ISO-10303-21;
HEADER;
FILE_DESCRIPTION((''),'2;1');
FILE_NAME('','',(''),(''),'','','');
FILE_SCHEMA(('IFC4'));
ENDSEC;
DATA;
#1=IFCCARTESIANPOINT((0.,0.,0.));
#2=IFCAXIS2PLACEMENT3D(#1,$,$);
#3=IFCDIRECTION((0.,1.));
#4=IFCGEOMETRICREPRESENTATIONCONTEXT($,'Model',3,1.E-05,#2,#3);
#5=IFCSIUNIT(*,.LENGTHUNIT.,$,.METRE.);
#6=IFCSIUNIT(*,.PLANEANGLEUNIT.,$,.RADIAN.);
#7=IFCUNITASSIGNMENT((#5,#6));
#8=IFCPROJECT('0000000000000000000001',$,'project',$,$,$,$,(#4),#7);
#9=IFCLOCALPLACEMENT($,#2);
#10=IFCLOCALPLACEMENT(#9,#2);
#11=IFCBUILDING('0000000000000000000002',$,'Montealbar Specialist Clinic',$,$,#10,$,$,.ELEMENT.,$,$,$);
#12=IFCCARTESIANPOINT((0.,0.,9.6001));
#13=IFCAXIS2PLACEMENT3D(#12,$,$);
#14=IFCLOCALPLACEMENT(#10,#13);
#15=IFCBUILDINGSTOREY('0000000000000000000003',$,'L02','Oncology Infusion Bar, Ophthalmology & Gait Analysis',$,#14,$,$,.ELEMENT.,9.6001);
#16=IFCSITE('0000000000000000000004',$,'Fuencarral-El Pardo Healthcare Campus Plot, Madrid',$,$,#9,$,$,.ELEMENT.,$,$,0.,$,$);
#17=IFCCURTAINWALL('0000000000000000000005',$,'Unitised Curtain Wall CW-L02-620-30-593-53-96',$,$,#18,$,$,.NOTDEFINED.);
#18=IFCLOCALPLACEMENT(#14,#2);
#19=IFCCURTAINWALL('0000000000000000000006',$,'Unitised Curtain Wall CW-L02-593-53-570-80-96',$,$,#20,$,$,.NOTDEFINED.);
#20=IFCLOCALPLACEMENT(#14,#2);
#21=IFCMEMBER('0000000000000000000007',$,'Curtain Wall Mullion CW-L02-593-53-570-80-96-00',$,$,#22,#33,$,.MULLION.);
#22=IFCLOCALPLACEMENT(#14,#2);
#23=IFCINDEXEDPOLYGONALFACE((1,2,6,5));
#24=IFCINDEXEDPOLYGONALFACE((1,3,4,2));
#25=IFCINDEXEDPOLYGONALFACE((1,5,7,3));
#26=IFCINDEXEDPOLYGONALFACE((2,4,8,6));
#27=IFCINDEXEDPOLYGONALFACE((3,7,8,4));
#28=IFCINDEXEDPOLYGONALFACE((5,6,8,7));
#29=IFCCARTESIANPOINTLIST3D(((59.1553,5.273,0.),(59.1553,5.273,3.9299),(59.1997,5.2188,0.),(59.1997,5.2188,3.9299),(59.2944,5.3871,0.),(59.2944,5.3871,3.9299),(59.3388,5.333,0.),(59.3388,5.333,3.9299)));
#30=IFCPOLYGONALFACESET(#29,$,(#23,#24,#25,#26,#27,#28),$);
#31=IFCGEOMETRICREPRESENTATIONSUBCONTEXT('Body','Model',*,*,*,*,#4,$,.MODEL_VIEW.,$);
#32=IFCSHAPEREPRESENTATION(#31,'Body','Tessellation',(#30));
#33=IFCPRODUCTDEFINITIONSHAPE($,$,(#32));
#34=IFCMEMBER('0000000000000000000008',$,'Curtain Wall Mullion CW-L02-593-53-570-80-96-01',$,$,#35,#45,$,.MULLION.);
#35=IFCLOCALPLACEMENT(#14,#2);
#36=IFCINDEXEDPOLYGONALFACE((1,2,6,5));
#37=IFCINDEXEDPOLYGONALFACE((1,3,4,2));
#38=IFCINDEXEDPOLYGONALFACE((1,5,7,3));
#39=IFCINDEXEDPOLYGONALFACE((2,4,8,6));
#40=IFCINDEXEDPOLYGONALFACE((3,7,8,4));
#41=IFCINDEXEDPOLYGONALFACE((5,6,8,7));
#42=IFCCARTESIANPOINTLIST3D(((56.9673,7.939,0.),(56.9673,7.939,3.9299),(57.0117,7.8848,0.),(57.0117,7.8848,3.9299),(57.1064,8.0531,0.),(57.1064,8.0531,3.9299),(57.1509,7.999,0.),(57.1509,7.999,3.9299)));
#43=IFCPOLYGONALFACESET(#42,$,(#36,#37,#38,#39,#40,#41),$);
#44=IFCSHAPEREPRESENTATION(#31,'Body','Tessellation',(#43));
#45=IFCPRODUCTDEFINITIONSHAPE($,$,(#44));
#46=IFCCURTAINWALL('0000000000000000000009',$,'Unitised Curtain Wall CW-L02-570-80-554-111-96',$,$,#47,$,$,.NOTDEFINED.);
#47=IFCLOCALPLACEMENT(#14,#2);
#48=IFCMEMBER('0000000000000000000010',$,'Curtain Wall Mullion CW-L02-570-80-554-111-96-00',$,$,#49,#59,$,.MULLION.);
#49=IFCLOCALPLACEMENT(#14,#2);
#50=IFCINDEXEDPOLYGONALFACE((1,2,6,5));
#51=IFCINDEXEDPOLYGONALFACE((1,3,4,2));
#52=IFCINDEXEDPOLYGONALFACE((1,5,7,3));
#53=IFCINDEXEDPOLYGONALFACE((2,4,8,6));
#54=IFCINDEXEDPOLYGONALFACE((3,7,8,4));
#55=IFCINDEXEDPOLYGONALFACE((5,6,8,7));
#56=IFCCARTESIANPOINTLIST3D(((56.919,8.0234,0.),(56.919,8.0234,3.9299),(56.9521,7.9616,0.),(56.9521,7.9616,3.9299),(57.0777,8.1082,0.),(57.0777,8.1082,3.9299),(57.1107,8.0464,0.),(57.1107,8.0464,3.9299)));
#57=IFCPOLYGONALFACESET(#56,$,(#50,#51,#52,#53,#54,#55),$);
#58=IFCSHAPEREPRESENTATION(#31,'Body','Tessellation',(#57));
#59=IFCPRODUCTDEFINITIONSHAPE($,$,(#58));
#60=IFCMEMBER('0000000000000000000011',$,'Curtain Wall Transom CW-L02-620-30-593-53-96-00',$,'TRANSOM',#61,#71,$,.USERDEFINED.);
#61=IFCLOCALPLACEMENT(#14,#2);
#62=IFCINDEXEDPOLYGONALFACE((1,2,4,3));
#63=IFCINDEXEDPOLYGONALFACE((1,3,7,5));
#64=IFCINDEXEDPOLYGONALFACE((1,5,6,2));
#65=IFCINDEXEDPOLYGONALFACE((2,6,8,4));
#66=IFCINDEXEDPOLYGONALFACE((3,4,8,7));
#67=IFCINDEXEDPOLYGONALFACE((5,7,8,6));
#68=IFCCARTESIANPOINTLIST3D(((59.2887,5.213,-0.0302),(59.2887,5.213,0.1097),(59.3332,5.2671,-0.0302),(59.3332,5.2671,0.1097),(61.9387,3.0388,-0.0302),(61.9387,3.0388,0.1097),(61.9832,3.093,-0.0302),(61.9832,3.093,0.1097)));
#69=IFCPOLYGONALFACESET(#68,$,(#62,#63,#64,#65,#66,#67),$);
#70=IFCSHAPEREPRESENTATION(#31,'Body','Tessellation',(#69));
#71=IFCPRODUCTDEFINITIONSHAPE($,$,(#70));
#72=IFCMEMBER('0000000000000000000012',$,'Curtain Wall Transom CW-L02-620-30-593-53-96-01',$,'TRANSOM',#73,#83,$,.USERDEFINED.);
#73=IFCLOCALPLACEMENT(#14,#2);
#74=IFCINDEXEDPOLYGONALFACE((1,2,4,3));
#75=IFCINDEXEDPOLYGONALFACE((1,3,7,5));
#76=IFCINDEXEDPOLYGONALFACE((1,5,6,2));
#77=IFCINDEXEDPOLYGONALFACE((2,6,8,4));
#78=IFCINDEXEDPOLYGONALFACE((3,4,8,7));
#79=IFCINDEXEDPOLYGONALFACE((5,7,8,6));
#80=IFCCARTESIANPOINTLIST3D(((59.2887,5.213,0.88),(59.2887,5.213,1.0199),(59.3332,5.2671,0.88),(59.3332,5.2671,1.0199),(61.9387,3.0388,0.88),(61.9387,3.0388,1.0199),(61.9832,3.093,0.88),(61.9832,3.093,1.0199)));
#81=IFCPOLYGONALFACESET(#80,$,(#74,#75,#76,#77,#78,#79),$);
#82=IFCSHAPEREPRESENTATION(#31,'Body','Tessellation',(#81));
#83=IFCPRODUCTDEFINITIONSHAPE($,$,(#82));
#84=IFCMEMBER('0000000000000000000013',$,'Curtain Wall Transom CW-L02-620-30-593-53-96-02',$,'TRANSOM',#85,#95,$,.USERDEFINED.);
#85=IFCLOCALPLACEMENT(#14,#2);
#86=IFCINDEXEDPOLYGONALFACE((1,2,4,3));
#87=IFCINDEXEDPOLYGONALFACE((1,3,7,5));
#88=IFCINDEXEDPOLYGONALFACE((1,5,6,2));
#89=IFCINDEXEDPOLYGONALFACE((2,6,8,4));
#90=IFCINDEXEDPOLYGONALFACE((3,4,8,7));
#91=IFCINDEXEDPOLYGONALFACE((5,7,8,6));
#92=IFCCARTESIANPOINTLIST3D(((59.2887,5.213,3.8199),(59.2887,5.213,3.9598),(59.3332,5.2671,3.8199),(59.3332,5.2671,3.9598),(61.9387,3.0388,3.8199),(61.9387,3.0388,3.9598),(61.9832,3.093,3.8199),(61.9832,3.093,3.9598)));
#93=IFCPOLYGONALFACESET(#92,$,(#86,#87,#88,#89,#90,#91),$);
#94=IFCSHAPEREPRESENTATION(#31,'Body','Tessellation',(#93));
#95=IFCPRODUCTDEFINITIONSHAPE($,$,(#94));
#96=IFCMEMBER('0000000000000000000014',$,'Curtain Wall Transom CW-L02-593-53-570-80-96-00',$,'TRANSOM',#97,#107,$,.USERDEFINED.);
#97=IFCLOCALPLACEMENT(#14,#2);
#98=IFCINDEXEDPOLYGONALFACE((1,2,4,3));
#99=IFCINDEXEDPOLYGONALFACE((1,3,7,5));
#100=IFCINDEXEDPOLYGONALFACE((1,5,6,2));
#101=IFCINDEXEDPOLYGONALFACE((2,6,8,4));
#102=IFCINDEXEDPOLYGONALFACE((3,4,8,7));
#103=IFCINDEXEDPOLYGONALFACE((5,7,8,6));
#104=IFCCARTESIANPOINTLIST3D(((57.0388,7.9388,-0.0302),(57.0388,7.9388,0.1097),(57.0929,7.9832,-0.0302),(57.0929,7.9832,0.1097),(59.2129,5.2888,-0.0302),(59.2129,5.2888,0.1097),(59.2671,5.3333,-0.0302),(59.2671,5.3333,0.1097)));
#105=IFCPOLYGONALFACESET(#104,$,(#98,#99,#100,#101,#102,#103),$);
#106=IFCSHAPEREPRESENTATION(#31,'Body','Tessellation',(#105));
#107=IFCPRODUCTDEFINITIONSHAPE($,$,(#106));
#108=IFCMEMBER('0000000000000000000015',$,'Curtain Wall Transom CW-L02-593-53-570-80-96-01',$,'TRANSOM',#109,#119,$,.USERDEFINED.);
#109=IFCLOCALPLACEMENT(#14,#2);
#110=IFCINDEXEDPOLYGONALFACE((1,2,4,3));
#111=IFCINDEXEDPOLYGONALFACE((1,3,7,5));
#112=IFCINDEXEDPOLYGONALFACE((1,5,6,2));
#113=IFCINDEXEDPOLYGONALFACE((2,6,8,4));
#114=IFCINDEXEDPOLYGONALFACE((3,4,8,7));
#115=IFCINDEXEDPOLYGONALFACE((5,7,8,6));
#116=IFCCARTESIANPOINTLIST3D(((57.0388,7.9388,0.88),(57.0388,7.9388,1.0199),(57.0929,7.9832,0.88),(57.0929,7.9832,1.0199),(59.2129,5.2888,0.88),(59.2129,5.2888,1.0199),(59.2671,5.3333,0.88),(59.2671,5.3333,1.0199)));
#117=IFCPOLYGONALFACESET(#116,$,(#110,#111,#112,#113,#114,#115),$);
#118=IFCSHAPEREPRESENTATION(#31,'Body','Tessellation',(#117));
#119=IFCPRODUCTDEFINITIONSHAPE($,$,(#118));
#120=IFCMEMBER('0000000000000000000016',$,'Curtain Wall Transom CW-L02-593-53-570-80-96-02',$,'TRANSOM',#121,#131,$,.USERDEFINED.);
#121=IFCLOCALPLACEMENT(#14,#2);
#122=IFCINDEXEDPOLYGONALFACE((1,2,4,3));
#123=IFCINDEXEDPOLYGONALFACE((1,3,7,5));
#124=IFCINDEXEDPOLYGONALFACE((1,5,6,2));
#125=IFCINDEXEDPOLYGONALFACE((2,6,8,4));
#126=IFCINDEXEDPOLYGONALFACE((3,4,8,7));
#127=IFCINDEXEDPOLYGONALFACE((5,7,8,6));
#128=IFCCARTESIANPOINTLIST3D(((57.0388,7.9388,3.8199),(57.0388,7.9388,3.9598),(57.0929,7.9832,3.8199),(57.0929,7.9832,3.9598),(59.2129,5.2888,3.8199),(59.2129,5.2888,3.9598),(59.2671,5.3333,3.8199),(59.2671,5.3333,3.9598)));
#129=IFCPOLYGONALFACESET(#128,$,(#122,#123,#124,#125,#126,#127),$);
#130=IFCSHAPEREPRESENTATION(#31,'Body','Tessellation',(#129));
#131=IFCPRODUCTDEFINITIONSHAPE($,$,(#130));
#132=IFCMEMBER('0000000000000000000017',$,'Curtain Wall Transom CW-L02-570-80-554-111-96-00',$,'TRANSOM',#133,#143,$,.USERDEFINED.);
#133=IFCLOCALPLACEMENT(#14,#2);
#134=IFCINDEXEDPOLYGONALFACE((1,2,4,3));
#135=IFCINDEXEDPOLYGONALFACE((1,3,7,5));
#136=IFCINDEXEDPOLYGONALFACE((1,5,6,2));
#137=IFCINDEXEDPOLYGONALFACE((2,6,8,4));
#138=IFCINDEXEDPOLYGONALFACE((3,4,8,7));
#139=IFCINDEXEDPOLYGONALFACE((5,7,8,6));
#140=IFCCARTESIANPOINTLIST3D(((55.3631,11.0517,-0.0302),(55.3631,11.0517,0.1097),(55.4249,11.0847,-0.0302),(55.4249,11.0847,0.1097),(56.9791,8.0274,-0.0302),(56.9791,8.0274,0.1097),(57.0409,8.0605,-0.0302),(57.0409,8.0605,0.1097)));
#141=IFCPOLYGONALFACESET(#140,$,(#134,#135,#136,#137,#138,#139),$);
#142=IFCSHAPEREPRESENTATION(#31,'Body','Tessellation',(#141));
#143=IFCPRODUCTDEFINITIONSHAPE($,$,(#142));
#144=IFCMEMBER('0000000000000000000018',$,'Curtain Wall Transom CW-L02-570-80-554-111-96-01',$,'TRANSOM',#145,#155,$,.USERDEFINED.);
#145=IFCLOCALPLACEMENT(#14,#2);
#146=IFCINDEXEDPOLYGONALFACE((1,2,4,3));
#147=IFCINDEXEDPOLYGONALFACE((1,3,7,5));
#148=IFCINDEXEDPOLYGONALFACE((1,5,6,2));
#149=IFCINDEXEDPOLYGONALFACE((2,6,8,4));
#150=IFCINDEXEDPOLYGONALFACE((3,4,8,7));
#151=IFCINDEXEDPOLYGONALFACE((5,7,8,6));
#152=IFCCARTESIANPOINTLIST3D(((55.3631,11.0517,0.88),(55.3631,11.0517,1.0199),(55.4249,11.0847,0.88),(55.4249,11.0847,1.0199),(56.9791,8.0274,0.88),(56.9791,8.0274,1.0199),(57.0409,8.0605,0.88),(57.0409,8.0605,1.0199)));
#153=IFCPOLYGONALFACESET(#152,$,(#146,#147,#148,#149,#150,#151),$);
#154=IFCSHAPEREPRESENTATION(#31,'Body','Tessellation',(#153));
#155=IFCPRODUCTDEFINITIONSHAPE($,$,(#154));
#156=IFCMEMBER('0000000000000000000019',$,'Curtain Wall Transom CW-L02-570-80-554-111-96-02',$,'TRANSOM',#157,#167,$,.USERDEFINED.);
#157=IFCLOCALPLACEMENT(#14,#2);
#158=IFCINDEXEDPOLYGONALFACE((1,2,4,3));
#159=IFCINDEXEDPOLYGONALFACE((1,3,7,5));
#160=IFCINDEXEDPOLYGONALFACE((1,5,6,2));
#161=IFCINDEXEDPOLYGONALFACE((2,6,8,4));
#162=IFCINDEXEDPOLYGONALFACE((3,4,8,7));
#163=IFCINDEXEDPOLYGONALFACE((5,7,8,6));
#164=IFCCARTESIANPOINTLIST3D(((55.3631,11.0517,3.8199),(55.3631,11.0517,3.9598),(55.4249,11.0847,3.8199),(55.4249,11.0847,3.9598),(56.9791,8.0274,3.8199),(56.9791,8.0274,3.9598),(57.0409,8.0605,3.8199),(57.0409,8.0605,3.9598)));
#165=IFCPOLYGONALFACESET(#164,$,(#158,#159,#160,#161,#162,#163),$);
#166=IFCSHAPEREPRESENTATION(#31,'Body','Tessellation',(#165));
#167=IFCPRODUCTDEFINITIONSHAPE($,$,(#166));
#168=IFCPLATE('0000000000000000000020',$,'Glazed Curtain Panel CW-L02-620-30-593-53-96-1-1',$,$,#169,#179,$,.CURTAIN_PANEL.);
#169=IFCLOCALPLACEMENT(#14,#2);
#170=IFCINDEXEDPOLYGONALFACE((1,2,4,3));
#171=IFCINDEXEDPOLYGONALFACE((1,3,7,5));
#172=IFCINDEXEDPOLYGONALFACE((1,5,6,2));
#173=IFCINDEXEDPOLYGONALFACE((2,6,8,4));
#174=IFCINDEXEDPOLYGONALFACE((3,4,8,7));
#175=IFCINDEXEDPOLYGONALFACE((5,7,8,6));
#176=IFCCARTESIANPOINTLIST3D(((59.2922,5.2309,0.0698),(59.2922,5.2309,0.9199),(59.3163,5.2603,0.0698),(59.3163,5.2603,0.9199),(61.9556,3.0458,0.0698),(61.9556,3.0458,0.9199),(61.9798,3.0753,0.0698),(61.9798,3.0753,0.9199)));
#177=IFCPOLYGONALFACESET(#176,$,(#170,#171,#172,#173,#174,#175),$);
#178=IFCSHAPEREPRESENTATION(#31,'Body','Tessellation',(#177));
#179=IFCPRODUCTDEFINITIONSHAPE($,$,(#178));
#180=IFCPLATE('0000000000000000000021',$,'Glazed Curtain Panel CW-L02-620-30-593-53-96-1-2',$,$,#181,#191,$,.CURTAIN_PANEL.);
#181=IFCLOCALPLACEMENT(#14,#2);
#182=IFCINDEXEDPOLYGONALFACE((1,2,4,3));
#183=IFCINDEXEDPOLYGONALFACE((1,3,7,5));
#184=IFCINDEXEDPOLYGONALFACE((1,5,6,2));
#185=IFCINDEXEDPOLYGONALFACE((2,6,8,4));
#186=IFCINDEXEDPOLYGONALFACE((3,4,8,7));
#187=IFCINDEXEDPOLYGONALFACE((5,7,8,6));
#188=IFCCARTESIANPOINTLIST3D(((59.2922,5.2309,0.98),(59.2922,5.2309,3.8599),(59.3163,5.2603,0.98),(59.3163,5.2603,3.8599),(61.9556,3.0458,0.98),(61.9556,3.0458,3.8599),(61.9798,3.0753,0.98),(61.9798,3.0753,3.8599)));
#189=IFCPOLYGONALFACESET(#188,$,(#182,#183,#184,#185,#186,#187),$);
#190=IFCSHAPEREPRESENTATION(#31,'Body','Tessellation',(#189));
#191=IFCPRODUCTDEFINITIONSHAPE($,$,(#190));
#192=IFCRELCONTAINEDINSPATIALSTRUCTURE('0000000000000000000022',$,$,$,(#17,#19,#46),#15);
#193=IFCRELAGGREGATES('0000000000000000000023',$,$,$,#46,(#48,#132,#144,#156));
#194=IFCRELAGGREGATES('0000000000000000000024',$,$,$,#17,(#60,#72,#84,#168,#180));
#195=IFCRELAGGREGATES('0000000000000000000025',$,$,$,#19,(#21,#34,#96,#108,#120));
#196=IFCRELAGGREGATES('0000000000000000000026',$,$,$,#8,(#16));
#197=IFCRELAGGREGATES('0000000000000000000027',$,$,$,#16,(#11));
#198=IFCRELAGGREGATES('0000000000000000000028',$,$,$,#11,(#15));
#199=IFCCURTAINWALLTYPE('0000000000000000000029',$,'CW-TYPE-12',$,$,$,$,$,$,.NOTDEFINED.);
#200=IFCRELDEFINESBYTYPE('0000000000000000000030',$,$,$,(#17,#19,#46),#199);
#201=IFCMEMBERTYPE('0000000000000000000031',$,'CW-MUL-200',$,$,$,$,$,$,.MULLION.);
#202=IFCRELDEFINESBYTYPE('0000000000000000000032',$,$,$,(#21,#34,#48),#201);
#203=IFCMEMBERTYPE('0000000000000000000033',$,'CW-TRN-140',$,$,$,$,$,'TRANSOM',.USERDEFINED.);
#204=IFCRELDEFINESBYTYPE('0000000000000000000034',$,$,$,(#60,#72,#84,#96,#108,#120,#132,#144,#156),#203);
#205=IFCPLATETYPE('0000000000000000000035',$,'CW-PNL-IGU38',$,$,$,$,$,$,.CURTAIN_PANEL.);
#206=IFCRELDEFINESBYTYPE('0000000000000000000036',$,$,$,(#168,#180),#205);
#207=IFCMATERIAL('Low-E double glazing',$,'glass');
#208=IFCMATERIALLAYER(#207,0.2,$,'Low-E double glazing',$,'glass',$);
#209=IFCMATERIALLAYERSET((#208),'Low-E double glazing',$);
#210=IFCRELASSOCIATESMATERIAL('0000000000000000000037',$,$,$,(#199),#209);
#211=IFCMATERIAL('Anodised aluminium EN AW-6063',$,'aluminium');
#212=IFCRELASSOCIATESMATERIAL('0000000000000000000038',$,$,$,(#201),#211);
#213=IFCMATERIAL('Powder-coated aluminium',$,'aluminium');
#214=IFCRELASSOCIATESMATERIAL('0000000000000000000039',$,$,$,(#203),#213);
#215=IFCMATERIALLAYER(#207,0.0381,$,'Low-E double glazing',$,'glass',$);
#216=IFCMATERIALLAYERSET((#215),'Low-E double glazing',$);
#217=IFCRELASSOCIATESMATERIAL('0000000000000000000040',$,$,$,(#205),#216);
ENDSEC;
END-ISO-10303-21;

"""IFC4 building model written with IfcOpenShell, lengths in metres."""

from ifc_helpers import new_model, si_unit, direction, frame, origin, origin_2d, place, context, subcontext, project, spatial, rectangle, extrude, material, layer, layer_set, material_profile, profile_set, type_object, element, aggregate, save


model = new_model("IFC4")

# Units and contexts
model_context = context("Model", 3, precision=1e-05, world=origin(), true_north=direction((0.0, 1.0)))
body_context = subcontext(model_context, "Body", "Model", "MODEL_VIEW")
ifc_project = project(units=[si_unit("LENGTHUNIT", "METRE"), si_unit("PLANEANGLEUNIT", "RADIAN")], contexts=[model_context])

# Site, building, storey
site_placement = place(None, origin())
site = spatial("IfcSite", under=ifc_project, at=site_placement, Name="Fuencarral-El Pardo Healthcare Campus Plot, Madrid", CompositionType="ELEMENT", RefElevation=0.0)
building_placement = place(site_placement, origin())
building = spatial("IfcBuilding", under=site, at=building_placement, Name="Montealbar Specialist Clinic", CompositionType="ELEMENT")
storey_placement = place(building_placement, frame((0.0, 0.0, 9.6001)))
storey = spatial("IfcBuildingStorey", under=building, at=storey_placement, Name="L02", Description="Oncology Infusion Bar, Ophthalmology & Gait Analysis", CompositionType="ELEMENT", Elevation=9.6001)

# Shared definitions
ifc_material_1 = material(Name="Low-E double glazing", Category="glass")
ifc_layer_1 = layer(ifc_material_1, 0.2, Name="Low-E double glazing", Category="glass")
ifc_layer_set_1 = layer_set([ifc_layer_1], Name="Low-E double glazing")
curtain_wall_type = type_object("IfcCurtainWallType", Name="CW-TYPE-12", PredefinedType="NOTDEFINED", material=ifc_layer_set_1)
ifc_material_2 = material(Name="Anodised aluminium EN AW-6063", Category="aluminium")
ifc_material_profile_1 = material_profile(ifc_material_2, rectangle(XDim=0.0701, YDim=0.1799, at=origin_2d()), Name="ALU 70x180", Category="aluminium")
ifc_profile_set_1 = profile_set([ifc_material_profile_1], Name="Anodised aluminium EN AW-6063")
member_type_1 = type_object("IfcMemberType", Name="CW-MUL-200", PredefinedType="MULLION", material=ifc_profile_set_1)

# Curtain walls, members
curtain_wall_1_placement = place(storey_placement, origin())
curtain_wall_1 = element("IfcCurtainWall", 1, at=curtain_wall_1_placement, inside=storey, type_object=curtain_wall_type, Name="Unitised Curtain Wall CW-L02-620-30-593-53-96", PredefinedType="NOTDEFINED")
curtain_wall_2_placement = place(storey_placement, origin())
curtain_wall_2 = element("IfcCurtainWall", 2, at=curtain_wall_2_placement, inside=storey, type_object=curtain_wall_type, Name="Unitised Curtain Wall CW-L02-593-53-570-80-96", PredefinedType="NOTDEFINED")
member_1_placement = place(storey_placement, frame((59.2471, 5.303, 0.0), z_axis=(0.0, 0.0, 1.0), x_axis=(-0.634256, 0.773123, 0.0)))
member_1 = element("IfcMember", 3, at=member_1_placement, type_object=member_type_1, Name="Curtain Wall Mullion CW-L02-593-53-570-80-96-00", PredefinedType="MULLION", context=body_context, shape_type="SweptSolid", body=[
    extrude(rectangle(XDim=0.0701, YDim=0.1799, at=origin_2d()), origin(), (0.0, 0.0, 1.0), 3.9299),
])
member_2_placement = place(storey_placement, frame((57.0591, 7.969, 0.0), z_axis=(0.0, 0.0, 1.0), x_axis=(-0.634256, 0.773123, 0.0)))
member_2 = element("IfcMember", 4, at=member_2_placement, type_object=member_type_1, Name="Curtain Wall Mullion CW-L02-593-53-570-80-96-01", PredefinedType="MULLION", context=body_context, shape_type="SweptSolid", body=[
    extrude(rectangle(XDim=0.0701, YDim=0.1799, at=origin_2d()), origin(), (0.0, 0.0, 1.0), 3.9299),
])

# Curtain wall, member
curtain_wall_3_placement = place(storey_placement, origin())
curtain_wall_3 = element("IfcCurtainWall", 5, at=curtain_wall_3_placement, inside=storey, type_object=curtain_wall_type, Name="Unitised Curtain Wall CW-L02-570-80-554-111-96", PredefinedType="NOTDEFINED")
member_3_placement = place(storey_placement, frame((57.0149, 8.0349, 0.0), z_axis=(0.0, 0.0, 1.0), x_axis=(-0.471529, 0.88185, 0.0)))
member_3 = element("IfcMember", 6, at=member_3_placement, type_object=member_type_1, Name="Curtain Wall Mullion CW-L02-570-80-554-111-96-00", PredefinedType="MULLION", context=body_context, shape_type="SweptSolid", body=[
    extrude(rectangle(XDim=0.0701, YDim=0.1799, at=origin_2d()), origin(), (0.0, 0.0, 1.0), 3.9299),
])

# Members
ifc_material_3 = material(Name="Powder-coated aluminium", Category="aluminium")
ifc_material_profile_2 = material_profile(ifc_material_3, rectangle(XDim=0.0701, YDim=0.1399, at=origin_2d()), Name="ALU 70x140", Category="aluminium")
ifc_profile_set_2 = profile_set([ifc_material_profile_2], Name="Powder-coated aluminium")
member_type_2 = type_object("IfcMemberType", Name="CW-TRN-140", ElementType="TRANSOM", PredefinedType="USERDEFINED", material=ifc_profile_set_2)
member_4_placement = place(storey_placement, frame((61.9609, 3.0659, 0.0398), z_axis=(-0.773103, 0.634281, 0.0), x_axis=(-0.634281, -0.773103, 0.0)))
member_4 = element("IfcMember", 7, at=member_4_placement, type_object=member_type_2, Name="Curtain Wall Transom CW-L02-620-30-593-53-96-00", ObjectType="TRANSOM", PredefinedType="USERDEFINED", context=body_context, shape_type="SweptSolid", body=[
    extrude(rectangle(XDim=0.0701, YDim=0.1399, at=origin_2d()), origin(), (0.0, 0.0, 1.0), 3.4277),
])
member_5_placement = place(storey_placement, frame((61.9609, 3.0659, 0.95), z_axis=(-0.773103, 0.634281, 0.0), x_axis=(-0.634281, -0.773103, 0.0)))
member_5 = element("IfcMember", 8, at=member_5_placement, type_object=member_type_2, Name="Curtain Wall Transom CW-L02-620-30-593-53-96-01", ObjectType="TRANSOM", PredefinedType="USERDEFINED", context=body_context, shape_type="SweptSolid", body=[
    extrude(rectangle(XDim=0.0701, YDim=0.1399, at=origin_2d()), origin(), (0.0, 0.0, 1.0), 3.4277),
])
member_6_placement = place(storey_placement, frame((61.9609, 3.0659, 3.8899), z_axis=(-0.773103, 0.634281, 0.0), x_axis=(-0.634281, -0.773103, 0.0)))
member_6 = element("IfcMember", 9, at=member_6_placement, type_object=member_type_2, Name="Curtain Wall Transom CW-L02-620-30-593-53-96-02", ObjectType="TRANSOM", PredefinedType="USERDEFINED", context=body_context, shape_type="SweptSolid", body=[
    extrude(rectangle(XDim=0.0701, YDim=0.1399, at=origin_2d()), origin(), (0.0, 0.0, 1.0), 3.4277),
])
member_7_placement = place(storey_placement, frame((59.24, 5.311, 0.0398), z_axis=(-0.634281, 0.773103, 0.0), x_axis=(-0.773103, -0.634281, 0.0)))
member_7 = element("IfcMember", 10, at=member_7_placement, type_object=member_type_2, Name="Curtain Wall Transom CW-L02-593-53-570-80-96-00", ObjectType="TRANSOM", PredefinedType="USERDEFINED", context=body_context, shape_type="SweptSolid", body=[
    extrude(rectangle(XDim=0.0701, YDim=0.1399, at=origin_2d()), origin(), (0.0, 0.0, 1.0), 3.4277),
])
member_8_placement = place(storey_placement, frame((59.24, 5.311, 0.95), z_axis=(-0.634281, 0.773103, 0.0), x_axis=(-0.773103, -0.634281, 0.0)))
member_8 = element("IfcMember", 11, at=member_8_placement, type_object=member_type_2, Name="Curtain Wall Transom CW-L02-593-53-570-80-96-01", ObjectType="TRANSOM", PredefinedType="USERDEFINED", context=body_context, shape_type="SweptSolid", body=[
    extrude(rectangle(XDim=0.0701, YDim=0.1399, at=origin_2d()), origin(), (0.0, 0.0, 1.0), 3.4277),
])
member_9_placement = place(storey_placement, frame((59.24, 5.311, 3.8899), z_axis=(-0.634281, 0.773103, 0.0), x_axis=(-0.773103, -0.634281, 0.0)))
member_9 = element("IfcMember", 12, at=member_9_placement, type_object=member_type_2, Name="Curtain Wall Transom CW-L02-593-53-570-80-96-02", ObjectType="TRANSOM", PredefinedType="USERDEFINED", context=body_context, shape_type="SweptSolid", body=[
    extrude(rectangle(XDim=0.0701, YDim=0.1399, at=origin_2d()), origin(), (0.0, 0.0, 1.0), 3.4277),
])
member_10_placement = place(storey_placement, frame((57.01, 8.0439, 0.0398), z_axis=(-0.471287, 0.88198, 0.0), x_axis=(-0.88198, -0.471287, 0.0)))
member_10 = element("IfcMember", 13, at=member_10_placement, type_object=member_type_2, Name="Curtain Wall Transom CW-L02-570-80-554-111-96-00", ObjectType="TRANSOM", PredefinedType="USERDEFINED", context=body_context, shape_type="SweptSolid", body=[
    extrude(rectangle(XDim=0.0701, YDim=0.1399, at=origin_2d()), origin(), (0.0, 0.0, 1.0), 3.429),
])
member_11_placement = place(storey_placement, frame((57.01, 8.0439, 0.95), z_axis=(-0.471287, 0.88198, 0.0), x_axis=(-0.88198, -0.471287, 0.0)))
member_11 = element("IfcMember", 14, at=member_11_placement, type_object=member_type_2, Name="Curtain Wall Transom CW-L02-570-80-554-111-96-01", ObjectType="TRANSOM", PredefinedType="USERDEFINED", context=body_context, shape_type="SweptSolid", body=[
    extrude(rectangle(XDim=0.0701, YDim=0.1399, at=origin_2d()), origin(), (0.0, 0.0, 1.0), 3.429),
])
member_12_placement = place(storey_placement, frame((57.01, 8.0439, 3.8899), z_axis=(-0.471287, 0.88198, 0.0), x_axis=(-0.88198, -0.471287, 0.0)))
member_12 = element("IfcMember", 15, at=member_12_placement, type_object=member_type_2, Name="Curtain Wall Transom CW-L02-570-80-554-111-96-02", ObjectType="TRANSOM", PredefinedType="USERDEFINED", context=body_context, shape_type="SweptSolid", body=[
    extrude(rectangle(XDim=0.0701, YDim=0.1399, at=origin_2d()), origin(), (0.0, 0.0, 1.0), 3.429),
])
aggregate(curtain_wall_3, [member_3, member_10, member_11, member_12])

# Plates
ifc_layer_2 = layer(ifc_material_1, 0.0381, Name="Low-E double glazing", Category="glass")
ifc_layer_set_2 = layer_set([ifc_layer_2], Name="Low-E double glazing")
plate_type = type_object("IfcPlateType", Name="CW-PNL-IGU38", PredefinedType="CURTAIN_PANEL", material=ifc_layer_set_2)
plate_1_placement = place(storey_placement, frame((60.636, 4.1531, 0.0698), z_axis=(0.0, 0.0, 1.0), x_axis=(-0.773123, 0.634256, 0.0)))
plate_1 = element("IfcPlate", 16, at=plate_1_placement, type_object=plate_type, Name="Glazed Curtain Panel CW-L02-620-30-593-53-96-1-1", PredefinedType="CURTAIN_PANEL", context=body_context, shape_type="SweptSolid", body=[
    extrude(rectangle(XDim=3.4451, YDim=0.0381, at=origin_2d()), origin(), (0.0, 0.0, 1.0), 0.8501),
])
plate_2_placement = place(storey_placement, frame((60.636, 4.1531, 0.98), z_axis=(0.0, 0.0, 1.0), x_axis=(-0.773123, 0.634256, 0.0)))
plate_2 = element("IfcPlate", 17, at=plate_2_placement, type_object=plate_type, Name="Glazed Curtain Panel CW-L02-620-30-593-53-96-1-2", PredefinedType="CURTAIN_PANEL", context=body_context, shape_type="SweptSolid", body=[
    extrude(rectangle(XDim=3.4451, YDim=0.0381, at=origin_2d()), origin(), (0.0, 0.0, 1.0), 2.8799),
])
aggregate(curtain_wall_1, [member_4, member_5, member_6, plate_1, plate_2])
aggregate(curtain_wall_2, [member_1, member_2, member_7, member_8, member_9])

save(model, "model.ifc")
